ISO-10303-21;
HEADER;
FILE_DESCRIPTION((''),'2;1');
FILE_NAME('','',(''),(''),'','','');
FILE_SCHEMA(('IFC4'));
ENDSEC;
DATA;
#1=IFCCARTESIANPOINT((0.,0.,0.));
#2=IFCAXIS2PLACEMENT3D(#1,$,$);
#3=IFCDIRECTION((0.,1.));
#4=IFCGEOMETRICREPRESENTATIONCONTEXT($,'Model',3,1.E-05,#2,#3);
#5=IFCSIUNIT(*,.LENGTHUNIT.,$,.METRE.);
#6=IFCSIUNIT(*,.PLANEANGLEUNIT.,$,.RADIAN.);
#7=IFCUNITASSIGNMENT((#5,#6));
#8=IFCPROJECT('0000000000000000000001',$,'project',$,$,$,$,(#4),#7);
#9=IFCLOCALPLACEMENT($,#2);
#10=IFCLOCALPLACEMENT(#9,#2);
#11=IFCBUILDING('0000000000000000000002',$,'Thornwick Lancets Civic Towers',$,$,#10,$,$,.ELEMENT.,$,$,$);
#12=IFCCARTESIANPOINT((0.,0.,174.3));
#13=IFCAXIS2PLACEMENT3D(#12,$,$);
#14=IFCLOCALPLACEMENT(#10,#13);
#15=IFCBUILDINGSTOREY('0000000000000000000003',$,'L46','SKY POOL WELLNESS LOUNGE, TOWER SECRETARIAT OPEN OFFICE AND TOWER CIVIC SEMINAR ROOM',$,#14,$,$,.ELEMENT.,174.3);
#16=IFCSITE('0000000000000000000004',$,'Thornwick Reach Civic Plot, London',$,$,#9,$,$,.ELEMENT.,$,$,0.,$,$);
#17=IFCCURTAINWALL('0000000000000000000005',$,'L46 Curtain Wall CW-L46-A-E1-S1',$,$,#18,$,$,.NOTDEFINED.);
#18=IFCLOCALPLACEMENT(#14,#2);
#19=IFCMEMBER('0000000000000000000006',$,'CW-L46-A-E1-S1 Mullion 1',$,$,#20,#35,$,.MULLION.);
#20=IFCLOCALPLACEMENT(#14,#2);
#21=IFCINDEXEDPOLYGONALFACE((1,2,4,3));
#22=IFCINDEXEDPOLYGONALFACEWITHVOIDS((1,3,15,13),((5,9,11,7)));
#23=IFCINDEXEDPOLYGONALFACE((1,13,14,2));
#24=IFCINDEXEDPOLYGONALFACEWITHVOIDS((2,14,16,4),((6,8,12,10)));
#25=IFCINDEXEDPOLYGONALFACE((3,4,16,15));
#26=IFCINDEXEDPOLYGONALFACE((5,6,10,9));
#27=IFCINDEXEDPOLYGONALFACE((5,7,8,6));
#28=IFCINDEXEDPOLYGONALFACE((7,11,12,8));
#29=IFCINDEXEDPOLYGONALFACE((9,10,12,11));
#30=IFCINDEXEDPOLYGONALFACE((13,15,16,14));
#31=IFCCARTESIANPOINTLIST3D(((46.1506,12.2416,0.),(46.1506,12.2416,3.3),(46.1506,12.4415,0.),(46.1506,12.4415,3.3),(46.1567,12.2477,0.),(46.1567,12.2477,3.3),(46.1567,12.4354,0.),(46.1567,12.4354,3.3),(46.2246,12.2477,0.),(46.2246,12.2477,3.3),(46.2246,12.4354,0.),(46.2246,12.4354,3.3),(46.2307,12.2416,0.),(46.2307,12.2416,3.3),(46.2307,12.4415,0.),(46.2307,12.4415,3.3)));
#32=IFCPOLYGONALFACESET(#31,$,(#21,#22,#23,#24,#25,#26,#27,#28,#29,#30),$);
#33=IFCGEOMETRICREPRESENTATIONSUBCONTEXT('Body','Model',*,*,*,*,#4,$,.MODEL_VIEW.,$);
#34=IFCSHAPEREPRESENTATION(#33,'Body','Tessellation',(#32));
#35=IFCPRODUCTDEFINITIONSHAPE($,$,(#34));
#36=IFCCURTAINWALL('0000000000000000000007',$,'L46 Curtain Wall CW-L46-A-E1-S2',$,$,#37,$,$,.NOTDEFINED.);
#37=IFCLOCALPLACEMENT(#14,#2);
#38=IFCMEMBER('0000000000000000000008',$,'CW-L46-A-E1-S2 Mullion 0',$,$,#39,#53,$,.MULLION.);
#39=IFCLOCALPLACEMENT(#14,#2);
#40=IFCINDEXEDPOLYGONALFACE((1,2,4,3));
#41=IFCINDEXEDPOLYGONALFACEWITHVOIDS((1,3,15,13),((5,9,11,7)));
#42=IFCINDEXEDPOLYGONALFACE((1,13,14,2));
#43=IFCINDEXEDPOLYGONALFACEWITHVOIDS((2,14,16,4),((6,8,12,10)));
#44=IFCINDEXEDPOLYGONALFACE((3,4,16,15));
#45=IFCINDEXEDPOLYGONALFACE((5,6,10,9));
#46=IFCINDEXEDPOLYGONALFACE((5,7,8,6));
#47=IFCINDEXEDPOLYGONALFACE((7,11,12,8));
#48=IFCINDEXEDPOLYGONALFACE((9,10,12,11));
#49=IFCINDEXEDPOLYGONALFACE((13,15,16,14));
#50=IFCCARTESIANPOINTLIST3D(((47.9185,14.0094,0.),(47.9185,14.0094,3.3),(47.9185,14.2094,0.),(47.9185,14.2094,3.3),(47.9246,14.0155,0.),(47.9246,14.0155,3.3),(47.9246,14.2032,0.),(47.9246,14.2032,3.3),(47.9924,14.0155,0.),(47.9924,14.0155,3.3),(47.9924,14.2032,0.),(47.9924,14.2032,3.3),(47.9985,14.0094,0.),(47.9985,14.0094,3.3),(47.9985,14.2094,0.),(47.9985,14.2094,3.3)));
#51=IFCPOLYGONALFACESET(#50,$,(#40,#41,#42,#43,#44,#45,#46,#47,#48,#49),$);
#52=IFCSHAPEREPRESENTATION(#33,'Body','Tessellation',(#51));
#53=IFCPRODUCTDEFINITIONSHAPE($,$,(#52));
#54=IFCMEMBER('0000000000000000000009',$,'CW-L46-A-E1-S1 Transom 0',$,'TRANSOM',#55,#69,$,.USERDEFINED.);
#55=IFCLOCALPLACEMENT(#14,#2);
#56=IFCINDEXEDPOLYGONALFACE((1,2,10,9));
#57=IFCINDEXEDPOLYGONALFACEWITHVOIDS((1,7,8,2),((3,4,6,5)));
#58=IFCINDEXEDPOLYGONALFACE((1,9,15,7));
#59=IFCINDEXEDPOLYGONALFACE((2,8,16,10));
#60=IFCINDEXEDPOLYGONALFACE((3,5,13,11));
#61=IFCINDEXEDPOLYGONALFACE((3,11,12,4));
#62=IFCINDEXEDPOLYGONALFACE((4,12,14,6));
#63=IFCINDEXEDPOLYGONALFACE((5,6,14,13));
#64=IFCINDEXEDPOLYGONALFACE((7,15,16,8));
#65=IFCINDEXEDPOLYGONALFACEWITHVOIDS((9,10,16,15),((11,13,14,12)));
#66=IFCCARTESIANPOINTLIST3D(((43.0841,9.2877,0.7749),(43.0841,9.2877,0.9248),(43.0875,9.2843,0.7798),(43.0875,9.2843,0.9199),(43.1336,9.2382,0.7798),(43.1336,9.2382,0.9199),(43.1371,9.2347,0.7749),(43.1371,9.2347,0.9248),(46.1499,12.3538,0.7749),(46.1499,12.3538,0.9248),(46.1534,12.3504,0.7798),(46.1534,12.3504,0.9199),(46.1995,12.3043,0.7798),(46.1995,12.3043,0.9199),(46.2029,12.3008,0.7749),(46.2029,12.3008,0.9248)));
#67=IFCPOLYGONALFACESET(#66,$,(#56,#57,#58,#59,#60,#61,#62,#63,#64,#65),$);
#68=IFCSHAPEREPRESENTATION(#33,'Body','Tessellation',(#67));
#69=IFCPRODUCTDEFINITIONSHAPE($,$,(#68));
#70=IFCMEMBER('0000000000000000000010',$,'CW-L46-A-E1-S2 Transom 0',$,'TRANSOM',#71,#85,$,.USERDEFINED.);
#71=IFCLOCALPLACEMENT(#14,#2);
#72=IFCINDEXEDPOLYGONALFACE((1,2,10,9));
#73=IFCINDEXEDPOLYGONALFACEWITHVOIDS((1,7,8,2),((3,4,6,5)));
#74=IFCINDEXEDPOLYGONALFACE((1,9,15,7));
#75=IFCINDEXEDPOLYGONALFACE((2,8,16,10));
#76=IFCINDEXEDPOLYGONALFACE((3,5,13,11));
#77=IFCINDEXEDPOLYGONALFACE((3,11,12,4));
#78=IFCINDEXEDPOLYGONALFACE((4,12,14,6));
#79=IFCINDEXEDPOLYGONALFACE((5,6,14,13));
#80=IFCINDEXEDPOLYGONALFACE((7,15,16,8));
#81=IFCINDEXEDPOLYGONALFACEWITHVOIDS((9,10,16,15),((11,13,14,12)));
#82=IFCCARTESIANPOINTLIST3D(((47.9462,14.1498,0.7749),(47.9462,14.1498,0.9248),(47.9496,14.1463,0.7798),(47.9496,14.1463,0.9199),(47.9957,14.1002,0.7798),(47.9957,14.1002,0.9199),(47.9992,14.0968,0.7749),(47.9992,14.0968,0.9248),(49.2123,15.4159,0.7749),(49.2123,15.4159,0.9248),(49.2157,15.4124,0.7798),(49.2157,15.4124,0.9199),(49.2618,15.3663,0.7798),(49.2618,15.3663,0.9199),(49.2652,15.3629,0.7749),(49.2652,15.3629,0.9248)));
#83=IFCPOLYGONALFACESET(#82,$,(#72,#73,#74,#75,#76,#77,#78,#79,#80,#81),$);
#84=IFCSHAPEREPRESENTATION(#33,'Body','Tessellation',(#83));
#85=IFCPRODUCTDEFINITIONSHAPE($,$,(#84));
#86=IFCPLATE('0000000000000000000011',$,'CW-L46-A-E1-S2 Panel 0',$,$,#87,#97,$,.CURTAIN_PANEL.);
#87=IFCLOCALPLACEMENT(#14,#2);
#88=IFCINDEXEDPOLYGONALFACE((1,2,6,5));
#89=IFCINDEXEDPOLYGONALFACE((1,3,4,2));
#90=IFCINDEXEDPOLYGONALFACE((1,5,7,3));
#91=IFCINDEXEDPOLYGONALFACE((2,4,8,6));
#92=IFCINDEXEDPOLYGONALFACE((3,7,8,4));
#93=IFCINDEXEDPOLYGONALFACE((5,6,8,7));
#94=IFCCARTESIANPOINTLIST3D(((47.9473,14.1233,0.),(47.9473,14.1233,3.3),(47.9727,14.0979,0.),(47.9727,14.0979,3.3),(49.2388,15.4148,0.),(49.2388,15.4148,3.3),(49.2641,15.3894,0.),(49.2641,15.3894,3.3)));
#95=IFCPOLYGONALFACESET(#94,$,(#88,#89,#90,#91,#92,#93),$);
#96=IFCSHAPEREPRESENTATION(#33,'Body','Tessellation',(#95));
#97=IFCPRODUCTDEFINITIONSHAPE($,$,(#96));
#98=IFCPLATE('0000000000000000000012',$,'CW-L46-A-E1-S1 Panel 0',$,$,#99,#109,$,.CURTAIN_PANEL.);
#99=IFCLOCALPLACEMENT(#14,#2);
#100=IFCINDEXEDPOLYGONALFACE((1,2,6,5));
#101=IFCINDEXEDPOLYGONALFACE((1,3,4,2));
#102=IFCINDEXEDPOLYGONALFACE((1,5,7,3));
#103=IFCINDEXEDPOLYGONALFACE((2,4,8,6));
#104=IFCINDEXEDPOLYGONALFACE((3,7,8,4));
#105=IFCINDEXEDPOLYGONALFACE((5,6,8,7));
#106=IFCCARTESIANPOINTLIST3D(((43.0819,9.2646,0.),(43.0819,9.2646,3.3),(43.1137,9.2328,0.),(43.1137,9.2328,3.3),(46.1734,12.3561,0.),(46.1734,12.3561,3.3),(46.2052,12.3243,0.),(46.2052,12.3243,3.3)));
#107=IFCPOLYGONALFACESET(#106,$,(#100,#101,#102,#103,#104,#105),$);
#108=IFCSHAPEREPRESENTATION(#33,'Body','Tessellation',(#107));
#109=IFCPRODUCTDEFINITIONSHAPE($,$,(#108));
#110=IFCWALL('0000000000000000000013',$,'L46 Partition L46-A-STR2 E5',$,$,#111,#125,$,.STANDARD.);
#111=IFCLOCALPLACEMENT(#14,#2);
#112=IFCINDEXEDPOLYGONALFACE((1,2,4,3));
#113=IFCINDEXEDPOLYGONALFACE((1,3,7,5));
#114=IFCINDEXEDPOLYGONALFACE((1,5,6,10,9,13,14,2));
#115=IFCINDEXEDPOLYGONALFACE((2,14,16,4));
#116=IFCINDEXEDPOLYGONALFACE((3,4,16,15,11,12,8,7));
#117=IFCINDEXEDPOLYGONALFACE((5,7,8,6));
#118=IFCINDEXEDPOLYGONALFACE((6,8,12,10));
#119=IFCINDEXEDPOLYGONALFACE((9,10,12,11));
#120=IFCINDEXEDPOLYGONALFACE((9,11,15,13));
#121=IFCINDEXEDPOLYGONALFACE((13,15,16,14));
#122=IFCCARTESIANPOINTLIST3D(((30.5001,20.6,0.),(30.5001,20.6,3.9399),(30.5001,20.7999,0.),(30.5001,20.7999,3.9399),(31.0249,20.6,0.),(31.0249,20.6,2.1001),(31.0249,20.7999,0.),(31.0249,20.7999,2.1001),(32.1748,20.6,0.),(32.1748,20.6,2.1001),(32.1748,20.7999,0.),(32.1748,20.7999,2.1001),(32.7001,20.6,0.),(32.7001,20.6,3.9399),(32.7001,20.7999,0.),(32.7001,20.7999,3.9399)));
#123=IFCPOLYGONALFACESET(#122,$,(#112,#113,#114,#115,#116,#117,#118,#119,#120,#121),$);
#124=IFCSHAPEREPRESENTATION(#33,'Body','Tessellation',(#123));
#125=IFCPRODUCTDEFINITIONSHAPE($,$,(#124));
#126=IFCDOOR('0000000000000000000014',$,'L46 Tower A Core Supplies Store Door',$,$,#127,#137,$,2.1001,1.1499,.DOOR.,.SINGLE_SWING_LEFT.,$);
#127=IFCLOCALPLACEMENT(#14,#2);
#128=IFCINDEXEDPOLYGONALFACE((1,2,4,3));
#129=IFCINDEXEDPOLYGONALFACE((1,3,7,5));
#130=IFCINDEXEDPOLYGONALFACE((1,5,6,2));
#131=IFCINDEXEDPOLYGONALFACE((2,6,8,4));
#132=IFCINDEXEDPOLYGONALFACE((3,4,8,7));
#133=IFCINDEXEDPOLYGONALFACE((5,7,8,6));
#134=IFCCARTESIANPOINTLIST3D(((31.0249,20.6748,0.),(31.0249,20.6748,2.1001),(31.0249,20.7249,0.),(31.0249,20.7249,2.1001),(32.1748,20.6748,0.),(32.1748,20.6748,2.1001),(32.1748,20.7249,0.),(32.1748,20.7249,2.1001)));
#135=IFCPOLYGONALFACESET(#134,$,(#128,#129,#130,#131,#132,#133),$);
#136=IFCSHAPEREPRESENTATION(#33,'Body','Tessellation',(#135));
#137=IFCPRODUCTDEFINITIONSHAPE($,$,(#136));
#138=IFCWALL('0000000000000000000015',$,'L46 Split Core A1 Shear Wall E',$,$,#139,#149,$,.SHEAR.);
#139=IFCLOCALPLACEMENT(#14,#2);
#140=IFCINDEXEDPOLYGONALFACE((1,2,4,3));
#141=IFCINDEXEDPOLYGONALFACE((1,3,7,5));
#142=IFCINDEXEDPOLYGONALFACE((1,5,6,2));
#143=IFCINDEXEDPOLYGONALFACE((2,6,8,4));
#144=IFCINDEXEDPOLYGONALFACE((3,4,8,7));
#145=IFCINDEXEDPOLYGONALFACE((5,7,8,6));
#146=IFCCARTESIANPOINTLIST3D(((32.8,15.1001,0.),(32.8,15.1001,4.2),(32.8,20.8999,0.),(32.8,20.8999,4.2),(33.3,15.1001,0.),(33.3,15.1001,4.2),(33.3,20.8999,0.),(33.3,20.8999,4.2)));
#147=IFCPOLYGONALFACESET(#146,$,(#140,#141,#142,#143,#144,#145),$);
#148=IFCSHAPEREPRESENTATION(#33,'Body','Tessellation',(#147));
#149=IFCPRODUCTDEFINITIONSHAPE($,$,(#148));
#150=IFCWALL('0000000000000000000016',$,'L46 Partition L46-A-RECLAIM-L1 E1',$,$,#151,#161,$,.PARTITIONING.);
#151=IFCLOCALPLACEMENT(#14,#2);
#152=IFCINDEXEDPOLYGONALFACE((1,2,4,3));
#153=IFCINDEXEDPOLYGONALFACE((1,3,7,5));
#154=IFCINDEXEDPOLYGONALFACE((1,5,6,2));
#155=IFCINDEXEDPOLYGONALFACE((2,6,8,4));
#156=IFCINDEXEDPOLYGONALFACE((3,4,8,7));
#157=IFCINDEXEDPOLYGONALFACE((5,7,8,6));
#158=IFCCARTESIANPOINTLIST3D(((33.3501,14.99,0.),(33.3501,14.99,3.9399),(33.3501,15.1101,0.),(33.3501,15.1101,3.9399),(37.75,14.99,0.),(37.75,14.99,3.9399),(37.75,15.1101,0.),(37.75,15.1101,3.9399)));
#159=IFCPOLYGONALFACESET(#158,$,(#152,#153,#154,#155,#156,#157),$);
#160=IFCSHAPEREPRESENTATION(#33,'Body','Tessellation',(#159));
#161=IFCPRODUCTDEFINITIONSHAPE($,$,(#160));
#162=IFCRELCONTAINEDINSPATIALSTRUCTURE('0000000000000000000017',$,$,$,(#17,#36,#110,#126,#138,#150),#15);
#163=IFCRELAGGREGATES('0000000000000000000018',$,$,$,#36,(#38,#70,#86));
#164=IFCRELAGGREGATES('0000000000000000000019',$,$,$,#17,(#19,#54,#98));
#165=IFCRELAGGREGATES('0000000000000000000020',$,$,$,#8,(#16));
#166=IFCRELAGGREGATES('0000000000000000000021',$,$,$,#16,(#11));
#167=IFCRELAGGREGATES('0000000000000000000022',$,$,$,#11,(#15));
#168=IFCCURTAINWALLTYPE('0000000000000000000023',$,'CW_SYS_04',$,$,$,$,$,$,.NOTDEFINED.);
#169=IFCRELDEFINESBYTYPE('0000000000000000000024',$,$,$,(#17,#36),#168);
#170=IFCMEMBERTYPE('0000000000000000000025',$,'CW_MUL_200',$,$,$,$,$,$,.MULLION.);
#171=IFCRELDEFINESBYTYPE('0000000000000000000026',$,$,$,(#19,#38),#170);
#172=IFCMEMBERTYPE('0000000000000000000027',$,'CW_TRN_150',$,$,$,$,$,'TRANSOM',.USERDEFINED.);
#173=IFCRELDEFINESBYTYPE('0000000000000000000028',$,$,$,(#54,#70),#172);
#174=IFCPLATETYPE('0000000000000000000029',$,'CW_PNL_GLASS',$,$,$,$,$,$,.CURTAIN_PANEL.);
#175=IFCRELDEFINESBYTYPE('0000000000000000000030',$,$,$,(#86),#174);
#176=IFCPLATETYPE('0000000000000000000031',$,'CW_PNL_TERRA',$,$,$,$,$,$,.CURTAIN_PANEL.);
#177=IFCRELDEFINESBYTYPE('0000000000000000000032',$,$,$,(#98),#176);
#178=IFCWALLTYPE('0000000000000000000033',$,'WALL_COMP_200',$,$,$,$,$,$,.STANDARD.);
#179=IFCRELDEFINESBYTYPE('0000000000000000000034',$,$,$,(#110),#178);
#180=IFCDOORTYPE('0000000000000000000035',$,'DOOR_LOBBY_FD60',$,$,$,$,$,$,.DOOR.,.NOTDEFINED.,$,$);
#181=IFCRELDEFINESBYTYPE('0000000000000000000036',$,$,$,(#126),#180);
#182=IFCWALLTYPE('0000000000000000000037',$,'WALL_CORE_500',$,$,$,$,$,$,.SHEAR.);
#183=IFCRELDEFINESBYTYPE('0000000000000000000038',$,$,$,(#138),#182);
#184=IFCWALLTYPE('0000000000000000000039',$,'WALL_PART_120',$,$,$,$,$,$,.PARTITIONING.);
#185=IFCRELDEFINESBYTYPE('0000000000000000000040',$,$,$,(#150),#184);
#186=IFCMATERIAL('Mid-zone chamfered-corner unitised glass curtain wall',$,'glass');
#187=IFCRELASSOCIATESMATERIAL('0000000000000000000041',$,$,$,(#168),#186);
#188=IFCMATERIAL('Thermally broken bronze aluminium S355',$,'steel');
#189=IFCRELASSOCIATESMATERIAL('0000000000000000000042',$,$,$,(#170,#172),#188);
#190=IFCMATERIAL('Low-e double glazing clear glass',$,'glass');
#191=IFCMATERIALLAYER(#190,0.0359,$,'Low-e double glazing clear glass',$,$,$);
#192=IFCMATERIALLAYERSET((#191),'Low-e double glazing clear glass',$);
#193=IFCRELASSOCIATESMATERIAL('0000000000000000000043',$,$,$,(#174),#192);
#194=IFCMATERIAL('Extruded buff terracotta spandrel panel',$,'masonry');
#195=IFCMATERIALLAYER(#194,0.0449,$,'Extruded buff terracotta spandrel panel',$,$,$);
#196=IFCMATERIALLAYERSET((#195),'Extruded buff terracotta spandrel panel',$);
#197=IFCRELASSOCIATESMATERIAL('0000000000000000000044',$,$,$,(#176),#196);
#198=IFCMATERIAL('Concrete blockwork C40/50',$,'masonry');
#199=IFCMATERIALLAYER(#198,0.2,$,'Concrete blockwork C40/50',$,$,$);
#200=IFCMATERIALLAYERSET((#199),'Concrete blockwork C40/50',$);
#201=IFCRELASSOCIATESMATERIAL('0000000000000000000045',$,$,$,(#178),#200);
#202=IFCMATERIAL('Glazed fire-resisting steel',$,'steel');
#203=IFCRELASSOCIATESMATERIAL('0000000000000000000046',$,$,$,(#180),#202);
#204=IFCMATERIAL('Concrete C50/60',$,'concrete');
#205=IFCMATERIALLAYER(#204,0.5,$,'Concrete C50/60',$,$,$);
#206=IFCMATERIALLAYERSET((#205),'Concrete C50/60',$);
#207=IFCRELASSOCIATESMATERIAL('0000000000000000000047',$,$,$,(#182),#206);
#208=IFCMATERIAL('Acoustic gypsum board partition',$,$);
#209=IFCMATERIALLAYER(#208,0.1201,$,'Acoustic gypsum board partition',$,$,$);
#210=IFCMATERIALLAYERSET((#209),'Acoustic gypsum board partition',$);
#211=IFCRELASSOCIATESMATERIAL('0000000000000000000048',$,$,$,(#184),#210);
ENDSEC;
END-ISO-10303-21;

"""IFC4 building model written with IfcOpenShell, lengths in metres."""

from ifc_helpers import new_model, si_unit, direction, frame, frame_2d, origin, origin_2d, place, context, subcontext, project, spatial, rectangle, hollow_rectangle, extrude, material, layer, layer_set, material_profile, profile_set, type_object, element, fill, aggregate, save


model = new_model("IFC4")

# Units and contexts
model_context = context("Model", 3, precision=1e-05, world=origin(), true_north=direction((0.0, 1.0)))
body_context = subcontext(model_context, "Body", "Model", "MODEL_VIEW")
ifc_project = project(units=[si_unit("LENGTHUNIT", "METRE"), si_unit("PLANEANGLEUNIT", "RADIAN")], contexts=[model_context])

# Site, building, storey
site_placement = place(None, origin())
site = spatial("IfcSite", under=ifc_project, at=site_placement, Name="Thornwick Reach Civic Plot, London", CompositionType="ELEMENT", RefElevation=0.0)
building_placement = place(site_placement, origin())
building = spatial("IfcBuilding", under=site, at=building_placement, Name="Thornwick Lancets Civic Towers", CompositionType="ELEMENT")
storey_placement = place(building_placement, frame((0.0, 0.0, 174.3)))
storey = spatial("IfcBuildingStorey", under=building, at=storey_placement, Name="L46", Description="SKY POOL WELLNESS LOUNGE, TOWER SECRETARIAT OPEN OFFICE AND TOWER CIVIC SEMINAR ROOM", CompositionType="ELEMENT", Elevation=174.3)

# Shared definitions
ifc_material_1 = material(Name="Concrete C50/60", Category="concrete")

# Curtain wall, member
ifc_material_2 = material(Name="Mid-zone chamfered-corner unitised glass curtain wall", Category="glass")
curtain_wall_type = type_object("IfcCurtainWallType", Name="CW_SYS_04", PredefinedType="NOTDEFINED", material=ifc_material_2)
curtain_wall_1_placement = place(storey_placement, origin())
curtain_wall_1 = element("IfcCurtainWall", 1, at=curtain_wall_1_placement, inside=storey, type_object=curtain_wall_type, Name="L46 Curtain Wall CW-L46-A-E1-S1", PredefinedType="NOTDEFINED")
ifc_material_3 = material(Name="Thermally broken bronze aluminium S355", Category="steel")
ifc_material_profile_1 = material_profile(ifc_material_3, hollow_rectangle(XDim=0.0801, YDim=0.2, WallThickness=0.0061, at=origin_2d()), Name="RHS 200x80x6")
ifc_profile_set_1 = profile_set([ifc_material_profile_1], Name="Thermally broken bronze aluminium S355")
member_type_1 = type_object("IfcMemberType", Name="CW_MUL_200", PredefinedType="MULLION", material=ifc_profile_set_1)
member_1_placement = place(storey_placement, frame((46.1907, 12.3416, 0.0), z_axis=(0.0, 0.0, 1.0), x_axis=(1.0, 0.0, 0.0)))
member_1 = element("IfcMember", 2, at=member_1_placement, type_object=member_type_1, Name="CW-L46-A-E1-S1 Mullion 1", PredefinedType="MULLION", context=body_context, shape_type="SweptSolid", body=[
    extrude(hollow_rectangle(XDim=0.0801, YDim=0.2, WallThickness=0.0061, at=origin_2d()), origin(), (0.0, 0.0, 1.0), 3.3),
])

# Curtain wall, member
curtain_wall_2_placement = place(storey_placement, origin())
curtain_wall_2 = element("IfcCurtainWall", 3, at=curtain_wall_2_placement, inside=storey, type_object=curtain_wall_type, Name="L46 Curtain Wall CW-L46-A-E1-S2", PredefinedType="NOTDEFINED")
member_2_placement = place(storey_placement, frame((47.9585, 14.1094, 0.0), z_axis=(0.0, 0.0, 1.0), x_axis=(1.0, 0.0, 0.0)))
member_2 = element("IfcMember", 4, at=member_2_placement, type_object=member_type_1, Name="CW-L46-A-E1-S2 Mullion 0", PredefinedType="MULLION", context=body_context, shape_type="SweptSolid", body=[
    extrude(hollow_rectangle(XDim=0.0801, YDim=0.2, WallThickness=0.0061, at=origin_2d()), origin(), (0.0, 0.0, 1.0), 3.3),
])

# Members
ifc_material_profile_2 = material_profile(ifc_material_3, hollow_rectangle(XDim=0.075, YDim=0.1499, WallThickness=0.0049, at=origin_2d()), Name="RHS 150x75x5")
ifc_profile_set_2 = profile_set([ifc_material_profile_2], Name="Thermally broken bronze aluminium S355")
member_type_2 = type_object("IfcMemberType", Name="CW_TRN_150", ElementType="TRANSOM", PredefinedType="USERDEFINED", material=ifc_profile_set_2)
member_3_placement = place(storey_placement, frame((43.1106, 9.2612, 0.8499), z_axis=(0.707079, 0.707135, 0.0), x_axis=(-0.707135, 0.707079, 0.0)))
member_3 = element("IfcMember", 5, at=member_3_placement, type_object=member_type_2, Name="CW-L46-A-E1-S1 Transom 0", ObjectType="TRANSOM", PredefinedType="USERDEFINED", context=body_context, shape_type="SweptSolid", body=[
    extrude(hollow_rectangle(XDim=0.075, YDim=0.1499, WallThickness=0.0049, at=origin_2d()), origin(), (0.0, 0.0, 1.0), 4.3359),
])
member_4_placement = place(storey_placement, frame((47.9727, 14.1233, 0.8499), z_axis=(0.707107, 0.707107, 0.0), x_axis=(-0.707107, 0.707107, 0.0)))
member_4 = element("IfcMember", 6, at=member_4_placement, type_object=member_type_2, Name="CW-L46-A-E1-S2 Transom 0", ObjectType="TRANSOM", PredefinedType="USERDEFINED", context=body_context, shape_type="SweptSolid", body=[
    extrude(hollow_rectangle(XDim=0.075, YDim=0.1499, WallThickness=0.0049, at=origin_2d()), origin(), (0.0, 0.0, 1.0), 1.7905),
])

# Plates
ifc_material_4 = material(Name="Low-e double glazing clear glass", Category="glass")
ifc_layer_1 = layer(ifc_material_4, 0.0359, Name="Low-e double glazing clear glass")
ifc_layer_set_1 = layer_set([ifc_layer_1], Name="Low-e double glazing clear glass")
plate_type_1 = type_object("IfcPlateType", Name="CW_PNL_GLASS", PredefinedType="CURTAIN_PANEL", material=ifc_layer_set_1)
plate_1_placement = place(storey_placement, frame((48.6057, 14.7563, 0.0), z_axis=(0.0, 0.0, 1.0), x_axis=(0.707107, 0.707107, 0.0)))
plate_1 = element("IfcPlate", 7, at=plate_1_placement, type_object=plate_type_1, Name="CW-L46-A-E1-S2 Panel 0", PredefinedType="CURTAIN_PANEL", context=body_context, shape_type="SweptSolid", body=[
    extrude(rectangle(XDim=1.8264, YDim=0.0359, at=origin_2d()), origin(), (0.0, 0.0, 1.0), 3.3),
])
aggregate(curtain_wall_2, [member_2, member_4, plate_1])
ifc_material_5 = material(Name="Extruded buff terracotta spandrel panel", Category="masonry")
ifc_layer_2 = layer(ifc_material_5, 0.0449, Name="Extruded buff terracotta spandrel panel")
ifc_layer_set_2 = layer_set([ifc_layer_2], Name="Extruded buff terracotta spandrel panel")
plate_type_2 = type_object("IfcPlateType", Name="CW_PNL_TERRA", PredefinedType="CURTAIN_PANEL", material=ifc_layer_set_2)
plate_2_placement = place(storey_placement, frame((44.6436, 10.7944, 0.0), z_axis=(0.0, 0.0, 1.0), x_axis=(0.707107, 0.707107, 0.0)))
plate_2 = element("IfcPlate", 8, at=plate_2_placement, type_object=plate_type_2, Name="CW-L46-A-E1-S1 Panel 0", PredefinedType="CURTAIN_PANEL", context=body_context, shape_type="SweptSolid", body=[
    extrude(rectangle(XDim=4.3721, YDim=0.0449, at=origin_2d()), origin(), (0.0, 0.0, 1.0), 3.3),
])
aggregate(curtain_wall_1, [member_1, member_3, plate_2])

# Wall, opening, door
ifc_material_6 = material(Name="Concrete blockwork C40/50", Category="masonry")
ifc_layer_3 = layer(ifc_material_6, 0.2, Name="Concrete blockwork C40/50")
ifc_layer_set_3 = layer_set([ifc_layer_3], Name="Concrete blockwork C40/50")
wall_type_1 = type_object("IfcWallType", Name="WALL_COMP_200", PredefinedType="STANDARD", material=ifc_layer_set_3)
wall_1_placement = place(storey_placement, frame((30.5, 20.7, 0.0), z_axis=(0.0, 0.0, 1.0), x_axis=(1.0, 0.0, 0.0)))
wall_1 = element("IfcWall", 9, at=wall_1_placement, inside=storey, type_object=wall_type_1, Name="L46 Partition L46-A-STR2 E5", PredefinedType="STANDARD", context=body_context, shape_type="SweptSolid", body=[
    extrude(rectangle(XDim=2.2, YDim=0.2, at=frame_2d((1.1001, 0.0))), origin(), (0.0, 0.0, 1.0), 3.9399),
])
opening_1_placement = place(wall_1_placement, frame((0.5249, 0.0, 0.0)))
opening_1 = element("IfcOpeningElement", 10, at=opening_1_placement, cuts=wall_1, PredefinedType="OPENING", context=body_context, shape_type="SweptSolid", body=[
    extrude(rectangle(XDim=1.1499, YDim=2.1001, at=frame_2d((0.575, 1.05))), frame((0.0, 0.1099, 0.0), z_axis=(0.0, -1.0, 0.0), x_axis=(1.0, 0.0, 0.0)), (0.0, 0.0, 1.0), 0.22),
])
ifc_material_7 = material(Name="Glazed fire-resisting steel", Category="steel")
door_type_1 = type_object("IfcDoorType", Name="DOOR_LOBBY_FD60", OperationType="NOTDEFINED", PredefinedType="DOOR", material=ifc_material_7)
door_1_placement = place(opening_1_placement, origin())
door_1 = element("IfcDoor", 11, at=door_1_placement, inside=storey, type_object=door_type_1, Name="L46 Tower A Core Supplies Store Door", OperationType="SINGLE_SWING_LEFT", OverallHeight=2.1001, OverallWidth=1.1499, PredefinedType="DOOR", context=body_context, shape_type="SweptSolid", body=[
    extrude(rectangle(XDim=1.1499, YDim=2.1001, at=frame_2d((0.575, 1.05))), frame((0.0, 0.0249, 0.0), z_axis=(0.0, -1.0, 0.0), x_axis=(1.0, 0.0, 0.0)), (0.0, 0.0, 1.0), 0.05),
])
fill(opening_1, door_1)

# Walls
ifc_layer_4 = layer(ifc_material_1, 0.5, Name="Concrete C50/60")
ifc_layer_set_4 = layer_set([ifc_layer_4], Name="Concrete C50/60")
wall_type_2 = type_object("IfcWallType", Name="WALL_CORE_500", PredefinedType="SHEAR", material=ifc_layer_set_4)
wall_2_placement = place(storey_placement, frame((33.05, 15.1001, 0.0), z_axis=(0.0, 0.0, 1.0), x_axis=(0.0, 1.0, 0.0)))
element("IfcWall", 12, at=wall_2_placement, inside=storey, type_object=wall_type_2, Name="L46 Split Core A1 Shear Wall E", PredefinedType="SHEAR", context=body_context, shape_type="SweptSolid", body=[
    extrude(rectangle(XDim=5.7998, YDim=0.5, at=frame_2d((2.8999, 0.0))), origin(), (0.0, 0.0, 1.0), 4.2),
])
ifc_material_8 = material(Name="Acoustic gypsum board partition")
ifc_layer_5 = layer(ifc_material_8, 0.1201, Name="Acoustic gypsum board partition")
ifc_layer_set_5 = layer_set([ifc_layer_5], Name="Acoustic gypsum board partition")
wall_type_3 = type_object("IfcWallType", Name="WALL_PART_120", PredefinedType="PARTITIONING", material=ifc_layer_set_5)
wall_3_placement = place(storey_placement, frame((37.75, 15.05, 0.0), z_axis=(0.0, 0.0, 1.0), x_axis=(-1.0, 0.0, 0.0)))
element("IfcWall", 13, at=wall_3_placement, inside=storey, type_object=wall_type_3, Name="L46 Partition L46-A-RECLAIM-L1 E1", PredefinedType="PARTITIONING", context=body_context, shape_type="SweptSolid", body=[
    extrude(rectangle(XDim=4.3999, YDim=0.1201, at=frame_2d((2.2, 0.0))), origin(), (0.0, 0.0, 1.0), 3.9399),
])

save(model, "model.ifc")
